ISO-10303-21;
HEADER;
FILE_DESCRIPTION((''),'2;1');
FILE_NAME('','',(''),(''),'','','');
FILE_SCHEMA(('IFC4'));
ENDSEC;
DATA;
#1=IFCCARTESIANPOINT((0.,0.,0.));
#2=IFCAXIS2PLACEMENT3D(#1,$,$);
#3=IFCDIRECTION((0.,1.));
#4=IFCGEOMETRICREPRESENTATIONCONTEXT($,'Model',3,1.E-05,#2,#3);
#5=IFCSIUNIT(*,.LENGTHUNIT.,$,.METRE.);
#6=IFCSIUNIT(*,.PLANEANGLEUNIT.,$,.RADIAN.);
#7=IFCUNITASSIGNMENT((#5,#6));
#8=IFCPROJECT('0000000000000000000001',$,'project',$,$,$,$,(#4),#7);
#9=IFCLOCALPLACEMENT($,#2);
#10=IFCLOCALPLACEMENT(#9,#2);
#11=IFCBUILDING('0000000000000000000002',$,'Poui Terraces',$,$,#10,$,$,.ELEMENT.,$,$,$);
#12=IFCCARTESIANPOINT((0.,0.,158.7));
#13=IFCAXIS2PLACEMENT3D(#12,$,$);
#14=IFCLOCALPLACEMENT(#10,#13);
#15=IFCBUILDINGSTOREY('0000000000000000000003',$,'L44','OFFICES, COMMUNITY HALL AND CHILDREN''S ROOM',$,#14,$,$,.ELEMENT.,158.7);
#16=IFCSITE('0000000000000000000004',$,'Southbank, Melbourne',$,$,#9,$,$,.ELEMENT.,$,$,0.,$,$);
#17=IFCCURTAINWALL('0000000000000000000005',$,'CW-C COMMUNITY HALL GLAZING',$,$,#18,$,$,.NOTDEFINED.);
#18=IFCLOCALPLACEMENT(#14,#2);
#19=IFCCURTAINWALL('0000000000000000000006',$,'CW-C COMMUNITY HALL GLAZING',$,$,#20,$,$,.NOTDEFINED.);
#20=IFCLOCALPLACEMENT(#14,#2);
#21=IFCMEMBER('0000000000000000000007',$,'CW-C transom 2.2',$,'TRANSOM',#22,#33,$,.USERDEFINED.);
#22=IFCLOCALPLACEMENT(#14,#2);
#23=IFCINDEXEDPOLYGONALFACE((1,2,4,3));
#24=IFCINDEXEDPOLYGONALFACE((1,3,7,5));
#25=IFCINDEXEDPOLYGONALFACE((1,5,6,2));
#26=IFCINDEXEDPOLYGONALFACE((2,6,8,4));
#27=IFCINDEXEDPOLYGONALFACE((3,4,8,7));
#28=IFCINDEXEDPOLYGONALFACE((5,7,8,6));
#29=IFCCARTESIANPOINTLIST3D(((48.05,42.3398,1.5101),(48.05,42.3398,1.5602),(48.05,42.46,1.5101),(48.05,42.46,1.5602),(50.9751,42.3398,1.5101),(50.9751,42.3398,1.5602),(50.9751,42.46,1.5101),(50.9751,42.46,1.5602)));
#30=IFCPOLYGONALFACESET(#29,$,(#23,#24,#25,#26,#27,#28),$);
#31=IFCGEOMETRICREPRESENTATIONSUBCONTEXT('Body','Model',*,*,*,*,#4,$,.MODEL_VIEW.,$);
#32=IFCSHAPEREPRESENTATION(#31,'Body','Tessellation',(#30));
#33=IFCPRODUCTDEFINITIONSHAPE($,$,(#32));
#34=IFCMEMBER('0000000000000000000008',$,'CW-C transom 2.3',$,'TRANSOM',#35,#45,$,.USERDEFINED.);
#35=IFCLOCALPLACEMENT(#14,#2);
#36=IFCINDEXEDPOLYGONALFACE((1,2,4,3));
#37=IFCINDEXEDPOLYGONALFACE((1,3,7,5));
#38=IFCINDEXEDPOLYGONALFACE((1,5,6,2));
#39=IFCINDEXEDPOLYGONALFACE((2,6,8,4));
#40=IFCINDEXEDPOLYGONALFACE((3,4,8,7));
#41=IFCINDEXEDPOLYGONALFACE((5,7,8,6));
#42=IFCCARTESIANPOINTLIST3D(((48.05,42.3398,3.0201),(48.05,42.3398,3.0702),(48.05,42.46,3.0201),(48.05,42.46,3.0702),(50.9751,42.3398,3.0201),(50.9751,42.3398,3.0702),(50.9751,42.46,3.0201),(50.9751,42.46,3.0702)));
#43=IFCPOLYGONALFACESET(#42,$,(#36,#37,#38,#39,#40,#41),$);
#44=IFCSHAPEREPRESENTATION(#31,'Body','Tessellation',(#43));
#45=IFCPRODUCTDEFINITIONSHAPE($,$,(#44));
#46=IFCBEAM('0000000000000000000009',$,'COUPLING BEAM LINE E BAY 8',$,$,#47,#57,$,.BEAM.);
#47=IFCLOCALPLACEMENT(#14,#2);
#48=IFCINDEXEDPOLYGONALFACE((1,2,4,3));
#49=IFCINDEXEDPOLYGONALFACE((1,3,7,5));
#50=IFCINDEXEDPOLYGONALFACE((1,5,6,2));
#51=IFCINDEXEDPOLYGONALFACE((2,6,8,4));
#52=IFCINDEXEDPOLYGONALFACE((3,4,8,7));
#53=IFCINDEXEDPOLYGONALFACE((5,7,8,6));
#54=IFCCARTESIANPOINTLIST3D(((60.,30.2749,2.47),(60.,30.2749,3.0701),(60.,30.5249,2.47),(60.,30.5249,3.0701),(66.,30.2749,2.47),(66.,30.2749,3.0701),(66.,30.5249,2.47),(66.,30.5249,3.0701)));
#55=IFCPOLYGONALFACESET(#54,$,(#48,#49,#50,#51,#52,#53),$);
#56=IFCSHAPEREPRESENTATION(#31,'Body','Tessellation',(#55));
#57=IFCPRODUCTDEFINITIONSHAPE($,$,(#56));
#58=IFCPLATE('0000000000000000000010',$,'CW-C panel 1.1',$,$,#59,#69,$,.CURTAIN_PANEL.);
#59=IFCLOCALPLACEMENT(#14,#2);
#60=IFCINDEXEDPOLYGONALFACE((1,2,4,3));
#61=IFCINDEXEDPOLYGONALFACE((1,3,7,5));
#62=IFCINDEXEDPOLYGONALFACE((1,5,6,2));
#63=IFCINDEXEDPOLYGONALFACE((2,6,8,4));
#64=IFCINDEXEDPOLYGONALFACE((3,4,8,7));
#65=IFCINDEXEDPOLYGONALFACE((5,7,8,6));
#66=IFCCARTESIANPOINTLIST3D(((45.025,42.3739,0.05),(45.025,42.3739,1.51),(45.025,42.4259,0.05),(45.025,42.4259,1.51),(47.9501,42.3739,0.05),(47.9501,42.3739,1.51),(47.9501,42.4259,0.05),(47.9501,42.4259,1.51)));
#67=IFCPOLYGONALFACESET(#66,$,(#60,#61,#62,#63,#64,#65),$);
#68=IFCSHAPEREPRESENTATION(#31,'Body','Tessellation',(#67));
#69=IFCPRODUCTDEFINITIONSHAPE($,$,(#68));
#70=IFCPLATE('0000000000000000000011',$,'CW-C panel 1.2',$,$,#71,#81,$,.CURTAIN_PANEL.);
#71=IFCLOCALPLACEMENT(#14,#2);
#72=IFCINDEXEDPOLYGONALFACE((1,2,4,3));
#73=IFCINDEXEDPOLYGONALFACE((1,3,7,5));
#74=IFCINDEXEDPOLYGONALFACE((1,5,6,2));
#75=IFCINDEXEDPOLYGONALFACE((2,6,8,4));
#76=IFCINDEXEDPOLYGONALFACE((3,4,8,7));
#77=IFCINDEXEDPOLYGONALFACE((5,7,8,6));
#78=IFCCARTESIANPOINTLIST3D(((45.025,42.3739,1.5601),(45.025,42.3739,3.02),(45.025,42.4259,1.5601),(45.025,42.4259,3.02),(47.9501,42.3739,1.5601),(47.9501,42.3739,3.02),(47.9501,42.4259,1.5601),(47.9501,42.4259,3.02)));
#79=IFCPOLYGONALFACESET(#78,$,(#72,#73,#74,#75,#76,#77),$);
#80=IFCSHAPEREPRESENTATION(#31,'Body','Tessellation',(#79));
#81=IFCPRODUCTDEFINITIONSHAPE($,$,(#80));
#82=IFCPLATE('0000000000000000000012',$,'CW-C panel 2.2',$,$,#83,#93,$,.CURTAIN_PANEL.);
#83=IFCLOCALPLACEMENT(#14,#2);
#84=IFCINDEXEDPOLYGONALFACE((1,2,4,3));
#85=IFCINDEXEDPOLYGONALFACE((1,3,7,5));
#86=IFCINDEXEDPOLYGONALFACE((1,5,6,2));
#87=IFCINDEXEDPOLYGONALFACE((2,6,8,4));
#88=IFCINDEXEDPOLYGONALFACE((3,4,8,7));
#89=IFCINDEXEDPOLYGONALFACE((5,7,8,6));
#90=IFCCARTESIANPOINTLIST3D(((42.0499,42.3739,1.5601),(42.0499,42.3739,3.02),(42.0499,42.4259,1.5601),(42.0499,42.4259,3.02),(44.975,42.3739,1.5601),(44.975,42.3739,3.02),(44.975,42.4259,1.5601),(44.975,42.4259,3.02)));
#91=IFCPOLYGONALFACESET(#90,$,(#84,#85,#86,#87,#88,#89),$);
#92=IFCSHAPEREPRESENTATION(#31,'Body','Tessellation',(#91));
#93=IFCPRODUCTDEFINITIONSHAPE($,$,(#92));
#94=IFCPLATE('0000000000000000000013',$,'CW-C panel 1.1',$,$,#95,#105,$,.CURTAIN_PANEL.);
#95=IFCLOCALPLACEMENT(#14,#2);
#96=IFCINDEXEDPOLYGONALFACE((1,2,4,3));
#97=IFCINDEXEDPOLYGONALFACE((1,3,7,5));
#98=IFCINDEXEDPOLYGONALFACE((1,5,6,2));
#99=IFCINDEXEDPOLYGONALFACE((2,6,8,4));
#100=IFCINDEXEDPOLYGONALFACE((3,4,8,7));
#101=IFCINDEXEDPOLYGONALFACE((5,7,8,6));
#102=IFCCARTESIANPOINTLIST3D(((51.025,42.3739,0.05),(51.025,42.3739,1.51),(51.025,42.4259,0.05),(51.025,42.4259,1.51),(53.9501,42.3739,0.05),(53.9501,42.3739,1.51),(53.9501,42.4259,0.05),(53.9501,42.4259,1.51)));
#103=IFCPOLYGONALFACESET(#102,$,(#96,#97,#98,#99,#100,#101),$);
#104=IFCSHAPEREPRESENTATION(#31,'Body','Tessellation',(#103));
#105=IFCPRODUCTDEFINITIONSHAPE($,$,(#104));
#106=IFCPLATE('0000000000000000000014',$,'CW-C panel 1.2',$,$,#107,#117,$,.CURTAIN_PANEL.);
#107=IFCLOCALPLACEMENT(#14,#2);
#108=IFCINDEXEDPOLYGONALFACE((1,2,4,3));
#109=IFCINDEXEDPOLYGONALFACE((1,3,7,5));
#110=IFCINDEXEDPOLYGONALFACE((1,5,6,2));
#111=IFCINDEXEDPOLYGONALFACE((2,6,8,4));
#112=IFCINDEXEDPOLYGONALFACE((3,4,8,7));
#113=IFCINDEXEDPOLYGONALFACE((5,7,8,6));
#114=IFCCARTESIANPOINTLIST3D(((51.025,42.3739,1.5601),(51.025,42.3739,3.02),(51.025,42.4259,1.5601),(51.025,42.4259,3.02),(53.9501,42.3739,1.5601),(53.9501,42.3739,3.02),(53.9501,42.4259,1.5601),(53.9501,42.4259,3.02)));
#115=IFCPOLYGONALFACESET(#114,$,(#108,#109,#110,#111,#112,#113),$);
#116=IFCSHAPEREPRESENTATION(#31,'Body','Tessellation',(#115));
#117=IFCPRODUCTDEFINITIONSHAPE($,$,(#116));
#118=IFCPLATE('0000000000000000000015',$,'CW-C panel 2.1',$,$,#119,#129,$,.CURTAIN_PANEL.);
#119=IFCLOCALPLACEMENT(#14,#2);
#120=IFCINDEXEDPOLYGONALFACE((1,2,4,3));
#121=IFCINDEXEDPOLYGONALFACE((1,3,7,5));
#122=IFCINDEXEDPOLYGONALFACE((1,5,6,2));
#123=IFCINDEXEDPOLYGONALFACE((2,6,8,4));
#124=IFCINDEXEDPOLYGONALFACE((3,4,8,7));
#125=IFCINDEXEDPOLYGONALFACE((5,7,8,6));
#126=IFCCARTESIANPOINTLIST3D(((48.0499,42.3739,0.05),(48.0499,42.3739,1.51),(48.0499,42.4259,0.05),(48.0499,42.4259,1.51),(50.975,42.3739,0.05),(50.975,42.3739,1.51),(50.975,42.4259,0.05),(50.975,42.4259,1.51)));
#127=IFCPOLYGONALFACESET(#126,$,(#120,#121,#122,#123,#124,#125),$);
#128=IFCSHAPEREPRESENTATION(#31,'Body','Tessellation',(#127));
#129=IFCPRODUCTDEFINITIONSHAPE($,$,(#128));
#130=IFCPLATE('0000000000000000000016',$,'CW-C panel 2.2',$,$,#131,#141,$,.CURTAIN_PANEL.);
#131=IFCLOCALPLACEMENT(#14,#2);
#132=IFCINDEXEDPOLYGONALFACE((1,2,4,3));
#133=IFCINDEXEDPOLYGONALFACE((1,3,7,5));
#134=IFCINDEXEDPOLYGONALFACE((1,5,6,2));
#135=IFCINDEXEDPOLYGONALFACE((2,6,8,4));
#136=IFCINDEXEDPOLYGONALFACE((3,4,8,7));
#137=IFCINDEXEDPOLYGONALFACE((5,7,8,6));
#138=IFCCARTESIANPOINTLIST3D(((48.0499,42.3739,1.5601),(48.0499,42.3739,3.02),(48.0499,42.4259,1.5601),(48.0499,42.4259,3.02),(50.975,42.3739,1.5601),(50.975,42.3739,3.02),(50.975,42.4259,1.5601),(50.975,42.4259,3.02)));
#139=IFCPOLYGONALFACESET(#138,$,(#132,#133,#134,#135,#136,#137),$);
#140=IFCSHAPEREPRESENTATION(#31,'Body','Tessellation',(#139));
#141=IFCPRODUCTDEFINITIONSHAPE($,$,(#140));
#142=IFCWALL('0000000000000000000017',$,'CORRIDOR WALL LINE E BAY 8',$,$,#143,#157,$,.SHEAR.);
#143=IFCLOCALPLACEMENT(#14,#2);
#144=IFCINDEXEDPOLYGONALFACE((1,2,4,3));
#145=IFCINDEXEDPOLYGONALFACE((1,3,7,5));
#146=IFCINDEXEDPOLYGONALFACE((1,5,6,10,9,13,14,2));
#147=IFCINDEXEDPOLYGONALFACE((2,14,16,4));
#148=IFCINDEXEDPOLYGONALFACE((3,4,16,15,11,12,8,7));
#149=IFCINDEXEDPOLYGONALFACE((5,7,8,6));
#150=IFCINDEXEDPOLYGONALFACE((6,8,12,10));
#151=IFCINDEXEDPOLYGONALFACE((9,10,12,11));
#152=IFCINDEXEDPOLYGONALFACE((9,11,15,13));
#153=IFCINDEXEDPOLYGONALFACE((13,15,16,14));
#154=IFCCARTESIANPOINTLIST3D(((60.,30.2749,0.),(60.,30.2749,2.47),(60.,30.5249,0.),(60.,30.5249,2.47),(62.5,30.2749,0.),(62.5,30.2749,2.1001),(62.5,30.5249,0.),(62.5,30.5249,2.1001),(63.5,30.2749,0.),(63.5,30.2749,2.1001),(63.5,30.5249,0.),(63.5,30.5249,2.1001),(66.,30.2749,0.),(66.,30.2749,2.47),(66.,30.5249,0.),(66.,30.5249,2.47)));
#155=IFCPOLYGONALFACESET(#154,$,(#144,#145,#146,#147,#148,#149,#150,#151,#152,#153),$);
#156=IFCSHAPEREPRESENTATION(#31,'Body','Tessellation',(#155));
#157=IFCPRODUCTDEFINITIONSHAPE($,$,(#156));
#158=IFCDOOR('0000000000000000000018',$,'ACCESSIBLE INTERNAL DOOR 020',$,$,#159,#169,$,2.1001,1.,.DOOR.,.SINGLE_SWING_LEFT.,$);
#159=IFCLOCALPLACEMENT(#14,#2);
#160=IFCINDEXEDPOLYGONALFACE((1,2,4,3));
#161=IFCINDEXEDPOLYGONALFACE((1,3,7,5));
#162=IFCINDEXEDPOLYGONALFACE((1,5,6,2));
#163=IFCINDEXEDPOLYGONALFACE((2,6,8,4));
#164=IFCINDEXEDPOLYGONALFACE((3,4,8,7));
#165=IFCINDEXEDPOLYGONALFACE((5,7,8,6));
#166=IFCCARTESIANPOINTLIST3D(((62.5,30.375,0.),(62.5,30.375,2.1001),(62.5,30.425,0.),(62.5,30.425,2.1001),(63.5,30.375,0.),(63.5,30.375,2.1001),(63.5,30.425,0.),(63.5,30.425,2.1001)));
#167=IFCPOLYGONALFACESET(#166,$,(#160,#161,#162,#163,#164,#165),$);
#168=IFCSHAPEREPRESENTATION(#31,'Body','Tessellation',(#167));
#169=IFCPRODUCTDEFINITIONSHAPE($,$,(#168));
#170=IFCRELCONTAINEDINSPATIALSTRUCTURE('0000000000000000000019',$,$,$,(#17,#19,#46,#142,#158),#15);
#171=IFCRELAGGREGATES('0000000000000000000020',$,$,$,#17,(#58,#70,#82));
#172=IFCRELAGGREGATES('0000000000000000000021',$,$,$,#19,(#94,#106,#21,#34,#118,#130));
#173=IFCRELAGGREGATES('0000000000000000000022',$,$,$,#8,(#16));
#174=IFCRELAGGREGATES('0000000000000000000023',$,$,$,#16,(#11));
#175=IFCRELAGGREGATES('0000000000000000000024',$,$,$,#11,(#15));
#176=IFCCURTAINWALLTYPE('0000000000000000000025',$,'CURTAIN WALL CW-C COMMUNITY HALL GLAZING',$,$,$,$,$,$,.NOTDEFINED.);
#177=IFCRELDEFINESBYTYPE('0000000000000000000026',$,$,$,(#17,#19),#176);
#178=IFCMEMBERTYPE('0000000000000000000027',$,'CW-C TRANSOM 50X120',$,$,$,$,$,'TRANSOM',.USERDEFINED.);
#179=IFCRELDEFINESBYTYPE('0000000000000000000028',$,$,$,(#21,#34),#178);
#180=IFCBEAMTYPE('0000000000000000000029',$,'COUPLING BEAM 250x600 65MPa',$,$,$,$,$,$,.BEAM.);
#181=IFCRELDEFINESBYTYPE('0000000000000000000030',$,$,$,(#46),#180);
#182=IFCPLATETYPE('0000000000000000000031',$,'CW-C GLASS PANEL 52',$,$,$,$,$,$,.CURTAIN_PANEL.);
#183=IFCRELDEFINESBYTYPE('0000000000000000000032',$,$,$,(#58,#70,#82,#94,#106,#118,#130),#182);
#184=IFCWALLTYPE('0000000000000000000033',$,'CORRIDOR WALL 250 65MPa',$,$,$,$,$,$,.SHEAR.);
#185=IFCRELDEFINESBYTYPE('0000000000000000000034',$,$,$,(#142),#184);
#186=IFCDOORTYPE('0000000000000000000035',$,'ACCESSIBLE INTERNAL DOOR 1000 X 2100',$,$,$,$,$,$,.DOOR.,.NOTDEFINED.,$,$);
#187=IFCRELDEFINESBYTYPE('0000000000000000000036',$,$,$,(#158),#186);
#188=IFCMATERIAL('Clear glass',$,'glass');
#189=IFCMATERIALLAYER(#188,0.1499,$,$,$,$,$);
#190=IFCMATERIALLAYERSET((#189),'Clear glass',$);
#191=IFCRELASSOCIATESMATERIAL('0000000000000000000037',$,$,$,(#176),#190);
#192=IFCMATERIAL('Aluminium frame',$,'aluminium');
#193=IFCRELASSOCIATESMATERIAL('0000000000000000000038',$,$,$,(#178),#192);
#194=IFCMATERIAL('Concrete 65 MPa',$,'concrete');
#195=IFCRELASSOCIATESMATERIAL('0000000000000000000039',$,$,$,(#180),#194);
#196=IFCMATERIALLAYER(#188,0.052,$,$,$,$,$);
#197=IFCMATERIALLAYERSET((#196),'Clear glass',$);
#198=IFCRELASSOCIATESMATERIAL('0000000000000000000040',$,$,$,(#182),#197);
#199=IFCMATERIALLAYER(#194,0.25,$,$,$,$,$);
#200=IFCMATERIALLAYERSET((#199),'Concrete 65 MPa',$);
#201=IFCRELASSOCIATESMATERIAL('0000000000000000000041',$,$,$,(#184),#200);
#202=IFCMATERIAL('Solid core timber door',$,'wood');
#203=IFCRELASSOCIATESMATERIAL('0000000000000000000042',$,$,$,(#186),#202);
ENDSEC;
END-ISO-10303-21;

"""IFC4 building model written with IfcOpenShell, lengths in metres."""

from ifc_helpers import new_model, si_unit, direction, frame, frame_2d, origin, origin_2d, place, context, subcontext, project, spatial, rectangle, extrude, source, transform, mapped, material, layer, layer_set, material_profile, profile_set, type_object, element, fill, aggregate, save


model = new_model("IFC4")

# Units and contexts
model_context = context("Model", 3, precision=1e-05, world=origin(), true_north=direction((0.0, 1.0)))
body_context = subcontext(model_context, "Body", "Model", "MODEL_VIEW")
ifc_project = project(units=[si_unit("LENGTHUNIT", "METRE"), si_unit("PLANEANGLEUNIT", "RADIAN")], contexts=[model_context])

# Site, building, storey
site_placement = place(None, origin())
site = spatial("IfcSite", under=ifc_project, at=site_placement, Name="Southbank, Melbourne", CompositionType="ELEMENT", RefElevation=0.0)
building_placement = place(site_placement, origin())
building = spatial("IfcBuilding", under=site, at=building_placement, Name="Poui Terraces", CompositionType="ELEMENT")
storey_placement = place(building_placement, frame((0.0, 0.0, 158.7)))
storey = spatial("IfcBuildingStorey", under=building, at=storey_placement, Name="L44", Description="OFFICES, COMMUNITY HALL AND CHILDREN'S ROOM", CompositionType="ELEMENT", Elevation=158.7)

# Curtain walls
ifc_material_1 = material(Name="Clear glass", Category="glass")
ifc_layer_1 = layer(ifc_material_1, 0.1499)
ifc_layer_set_1 = layer_set([ifc_layer_1], Name="Clear glass")
curtain_wall_type = type_object("IfcCurtainWallType", Name="CURTAIN WALL CW-C COMMUNITY HALL GLAZING", PredefinedType="NOTDEFINED", material=ifc_layer_set_1)
curtain_wall_1_placement = place(storey_placement, origin())
curtain_wall_1 = element("IfcCurtainWall", 1, at=curtain_wall_1_placement, inside=storey, type_object=curtain_wall_type, Name="CW-C COMMUNITY HALL GLAZING", PredefinedType="NOTDEFINED")
ifc_material_2 = material(Name="Aluminium frame", Category="aluminium")
curtain_wall_2_placement = place(storey_placement, origin())
curtain_wall_2 = element("IfcCurtainWall", 2, at=curtain_wall_2_placement, inside=storey, type_object=curtain_wall_type, Name="CW-C COMMUNITY HALL GLAZING", PredefinedType="NOTDEFINED")

# Members
ifc_material_profile_1 = material_profile(ifc_material_2, rectangle(XDim=0.1201, YDim=0.05, at=origin_2d()), Name="CW-C TRANSOM 50X120")
ifc_profile_set_1 = profile_set([ifc_material_profile_1], Name="Aluminium frame")
member_type_1 = type_object("IfcMemberType", Name="CW-C TRANSOM 50X120", ElementType="TRANSOM", PredefinedType="USERDEFINED", material=ifc_profile_set_1)
member_1_placement = place(storey_placement, frame((50.9751, 42.3999, 1.5352), z_axis=(-1.0, 0.0, 0.0), x_axis=(0.0, -1.0, 0.0)))
member_1 = element("IfcMember", 3, at=member_1_placement, type_object=member_type_1, Name="CW-C transom 2.2", ObjectType="TRANSOM", PredefinedType="USERDEFINED", context=body_context, shape_type="SweptSolid", body=[
    extrude(rectangle(XDim=0.1201, YDim=0.05, at=origin_2d()), origin(), (0.0, 0.0, 1.0), 2.925),
])
member_2_placement = place(storey_placement, frame((50.9751, 42.3999, 3.0452), z_axis=(-1.0, 0.0, 0.0), x_axis=(0.0, -1.0, 0.0)))
member_2 = element("IfcMember", 4, at=member_2_placement, type_object=member_type_1, Name="CW-C transom 2.3", ObjectType="TRANSOM", PredefinedType="USERDEFINED", context=body_context, shape_type="SweptSolid", body=[
    extrude(rectangle(XDim=0.1201, YDim=0.05, at=origin_2d()), origin(), (0.0, 0.0, 1.0), 2.925),
])

# Beam
ifc_material_3 = material(Name="Concrete 65 MPa", Category="concrete")
ifc_material_profile_2 = material_profile(ifc_material_3, rectangle(XDim=0.25, YDim=0.6001, at=origin_2d()), Name="RC 250x600")
ifc_profile_set_2 = profile_set([ifc_material_profile_2], Name="Concrete 65 MPa")
beam_type = type_object("IfcBeamType", Name="COUPLING BEAM 250x600 65MPa", PredefinedType="BEAM", material=ifc_profile_set_2)
shared_shape = source(origin(), body_context, "Body", "SweptSolid", [
    extrude(rectangle(XDim=0.25, YDim=0.6001, at=origin_2d()), origin(), (0.0, 0.0, 1.0), 6.0),
])
beam_placement = place(storey_placement, frame((60.0, 30.3999, 2.77), z_axis=(1.0, 0.0, 0.0), x_axis=(0.0, 1.0, 0.0)))
element("IfcBeam", 5, at=beam_placement, inside=storey, type_object=beam_type, Name="COUPLING BEAM LINE E BAY 8", PredefinedType="BEAM", context=body_context, shape_type="MappedRepresentation", body=[
    mapped(shared_shape, transform((0.0, 0.0, 0.0))),
])

# Plates
ifc_layer_2 = layer(ifc_material_1, 0.052)
ifc_layer_set_2 = layer_set([ifc_layer_2], Name="Clear glass")
plate_type = type_object("IfcPlateType", Name="CW-C GLASS PANEL 52", PredefinedType="CURTAIN_PANEL", material=ifc_layer_set_2)
plate_1_placement = place(storey_placement, frame((46.4875, 42.3999, 0.05), z_axis=(0.0, 0.0, 1.0), x_axis=(-1.0, 0.0, 0.0)))
plate_1 = element("IfcPlate", 6, at=plate_1_placement, type_object=plate_type, Name="CW-C panel 1.1", PredefinedType="CURTAIN_PANEL", context=body_context, shape_type="SweptSolid", body=[
    extrude(rectangle(XDim=2.925, YDim=0.052, at=origin_2d()), origin(), (0.0, 0.0, 1.0), 1.46),
])
plate_2_placement = place(storey_placement, frame((46.4875, 42.3999, 1.5601), z_axis=(0.0, 0.0, 1.0), x_axis=(-1.0, 0.0, 0.0)))
plate_2 = element("IfcPlate", 7, at=plate_2_placement, type_object=plate_type, Name="CW-C panel 1.2", PredefinedType="CURTAIN_PANEL", context=body_context, shape_type="SweptSolid", body=[
    extrude(rectangle(XDim=2.925, YDim=0.052, at=origin_2d()), origin(), (0.0, 0.0, 1.0), 1.46),
])
plate_3_placement = place(storey_placement, frame((43.5125, 42.3999, 1.5601), z_axis=(0.0, 0.0, 1.0), x_axis=(-1.0, 0.0, 0.0)))
plate_3 = element("IfcPlate", 8, at=plate_3_placement, type_object=plate_type, Name="CW-C panel 2.2", PredefinedType="CURTAIN_PANEL", context=body_context, shape_type="SweptSolid", body=[
    extrude(rectangle(XDim=2.925, YDim=0.052, at=origin_2d()), origin(), (0.0, 0.0, 1.0), 1.46),
])
aggregate(curtain_wall_1, [plate_1, plate_2, plate_3])
plate_4_placement = place(storey_placement, frame((52.4875, 42.3999, 0.05), z_axis=(0.0, 0.0, 1.0), x_axis=(-1.0, 0.0, 0.0)))
plate_4 = element("IfcPlate", 9, at=plate_4_placement, type_object=plate_type, Name="CW-C panel 1.1", PredefinedType="CURTAIN_PANEL", context=body_context, shape_type="SweptSolid", body=[
    extrude(rectangle(XDim=2.925, YDim=0.052, at=origin_2d()), origin(), (0.0, 0.0, 1.0), 1.46),
])
plate_5_placement = place(storey_placement, frame((52.4875, 42.3999, 1.5601), z_axis=(0.0, 0.0, 1.0), x_axis=(-1.0, 0.0, 0.0)))
plate_5 = element("IfcPlate", 10, at=plate_5_placement, type_object=plate_type, Name="CW-C panel 1.2", PredefinedType="CURTAIN_PANEL", context=body_context, shape_type="SweptSolid", body=[
    extrude(rectangle(XDim=2.925, YDim=0.052, at=origin_2d()), origin(), (0.0, 0.0, 1.0), 1.46),
])
plate_6_placement = place(storey_placement, frame((49.5125, 42.3999, 0.05), z_axis=(0.0, 0.0, 1.0), x_axis=(-1.0, 0.0, 0.0)))
plate_6 = element("IfcPlate", 11, at=plate_6_placement, type_object=plate_type, Name="CW-C panel 2.1", PredefinedType="CURTAIN_PANEL", context=body_context, shape_type="SweptSolid", body=[
    extrude(rectangle(XDim=2.925, YDim=0.052, at=origin_2d()), origin(), (0.0, 0.0, 1.0), 1.46),
])
plate_7_placement = place(storey_placement, frame((49.5125, 42.3999, 1.5601), z_axis=(0.0, 0.0, 1.0), x_axis=(-1.0, 0.0, 0.0)))
plate_7 = element("IfcPlate", 12, at=plate_7_placement, type_object=plate_type, Name="CW-C panel 2.2", PredefinedType="CURTAIN_PANEL", context=body_context, shape_type="SweptSolid", body=[
    extrude(rectangle(XDim=2.925, YDim=0.052, at=origin_2d()), origin(), (0.0, 0.0, 1.0), 1.46),
])
aggregate(curtain_wall_2, [plate_4, plate_5, member_1, member_2, plate_6, plate_7])

# Wall, opening, door
ifc_layer_3 = layer(ifc_material_3, 0.25)
ifc_layer_set_3 = layer_set([ifc_layer_3], Name="Concrete 65 MPa")
wall_type_1 = type_object("IfcWallType", Name="CORRIDOR WALL 250 65MPa", PredefinedType="SHEAR", material=ifc_layer_set_3)
wall_1_placement = place(storey_placement, frame((60.0, 30.3999, 0.0), z_axis=(0.0, 0.0, 1.0), x_axis=(1.0, 0.0, 0.0)))
wall_1 = element("IfcWall", 13, at=wall_1_placement, inside=storey, type_object=wall_type_1, Name="CORRIDOR WALL LINE E BAY 8", PredefinedType="SHEAR", context=body_context, shape_type="SweptSolid", body=[
    extrude(rectangle(XDim=6.0, YDim=0.25, at=frame_2d((3.0, 0.0))), origin(), (0.0, 0.0, 1.0), 2.47),
])
opening_1_placement = place(wall_1_placement, frame((2.5, 0.0, 0.0)))
opening_1 = element("IfcOpeningElement", 14, at=opening_1_placement, cuts=wall_1, PredefinedType="OPENING", context=body_context, shape_type="SweptSolid", body=[
    extrude(rectangle(XDim=1.0, YDim=2.1001, at=frame_2d((0.5, 1.05))), frame((0.0, 0.135, 0.0), z_axis=(0.0, -1.0, 0.0), x_axis=(1.0, 0.0, 0.0)), (0.0, 0.0, 1.0), 0.27),
])
ifc_material_4 = material(Name="Solid core timber door", Category="wood")
door_type_1 = type_object("IfcDoorType", Name="ACCESSIBLE INTERNAL DOOR 1000 X 2100", OperationType="NOTDEFINED", PredefinedType="DOOR", material=ifc_material_4)
door_1_placement = place(opening_1_placement, frame((1.0, 0.0, 0.0), z_axis=(0.0, 0.0, 1.0), x_axis=(-1.0, 0.0, 0.0)))
door_1 = element("IfcDoor", 15, at=door_1_placement, inside=storey, type_object=door_type_1, Name="ACCESSIBLE INTERNAL DOOR 020", OperationType="SINGLE_SWING_LEFT", OverallHeight=2.1001, OverallWidth=1.0, PredefinedType="DOOR", context=body_context, shape_type="SweptSolid", body=[
    extrude(rectangle(XDim=1.0, YDim=2.1001, at=frame_2d((0.5, 1.05))), frame((0.0, 0.0249, 0.0), z_axis=(0.0, -1.0, 0.0), x_axis=(1.0, 0.0, 0.0)), (0.0, 0.0, 1.0), 0.05),
])
fill(opening_1, door_1)

save(model, "model.ifc")
